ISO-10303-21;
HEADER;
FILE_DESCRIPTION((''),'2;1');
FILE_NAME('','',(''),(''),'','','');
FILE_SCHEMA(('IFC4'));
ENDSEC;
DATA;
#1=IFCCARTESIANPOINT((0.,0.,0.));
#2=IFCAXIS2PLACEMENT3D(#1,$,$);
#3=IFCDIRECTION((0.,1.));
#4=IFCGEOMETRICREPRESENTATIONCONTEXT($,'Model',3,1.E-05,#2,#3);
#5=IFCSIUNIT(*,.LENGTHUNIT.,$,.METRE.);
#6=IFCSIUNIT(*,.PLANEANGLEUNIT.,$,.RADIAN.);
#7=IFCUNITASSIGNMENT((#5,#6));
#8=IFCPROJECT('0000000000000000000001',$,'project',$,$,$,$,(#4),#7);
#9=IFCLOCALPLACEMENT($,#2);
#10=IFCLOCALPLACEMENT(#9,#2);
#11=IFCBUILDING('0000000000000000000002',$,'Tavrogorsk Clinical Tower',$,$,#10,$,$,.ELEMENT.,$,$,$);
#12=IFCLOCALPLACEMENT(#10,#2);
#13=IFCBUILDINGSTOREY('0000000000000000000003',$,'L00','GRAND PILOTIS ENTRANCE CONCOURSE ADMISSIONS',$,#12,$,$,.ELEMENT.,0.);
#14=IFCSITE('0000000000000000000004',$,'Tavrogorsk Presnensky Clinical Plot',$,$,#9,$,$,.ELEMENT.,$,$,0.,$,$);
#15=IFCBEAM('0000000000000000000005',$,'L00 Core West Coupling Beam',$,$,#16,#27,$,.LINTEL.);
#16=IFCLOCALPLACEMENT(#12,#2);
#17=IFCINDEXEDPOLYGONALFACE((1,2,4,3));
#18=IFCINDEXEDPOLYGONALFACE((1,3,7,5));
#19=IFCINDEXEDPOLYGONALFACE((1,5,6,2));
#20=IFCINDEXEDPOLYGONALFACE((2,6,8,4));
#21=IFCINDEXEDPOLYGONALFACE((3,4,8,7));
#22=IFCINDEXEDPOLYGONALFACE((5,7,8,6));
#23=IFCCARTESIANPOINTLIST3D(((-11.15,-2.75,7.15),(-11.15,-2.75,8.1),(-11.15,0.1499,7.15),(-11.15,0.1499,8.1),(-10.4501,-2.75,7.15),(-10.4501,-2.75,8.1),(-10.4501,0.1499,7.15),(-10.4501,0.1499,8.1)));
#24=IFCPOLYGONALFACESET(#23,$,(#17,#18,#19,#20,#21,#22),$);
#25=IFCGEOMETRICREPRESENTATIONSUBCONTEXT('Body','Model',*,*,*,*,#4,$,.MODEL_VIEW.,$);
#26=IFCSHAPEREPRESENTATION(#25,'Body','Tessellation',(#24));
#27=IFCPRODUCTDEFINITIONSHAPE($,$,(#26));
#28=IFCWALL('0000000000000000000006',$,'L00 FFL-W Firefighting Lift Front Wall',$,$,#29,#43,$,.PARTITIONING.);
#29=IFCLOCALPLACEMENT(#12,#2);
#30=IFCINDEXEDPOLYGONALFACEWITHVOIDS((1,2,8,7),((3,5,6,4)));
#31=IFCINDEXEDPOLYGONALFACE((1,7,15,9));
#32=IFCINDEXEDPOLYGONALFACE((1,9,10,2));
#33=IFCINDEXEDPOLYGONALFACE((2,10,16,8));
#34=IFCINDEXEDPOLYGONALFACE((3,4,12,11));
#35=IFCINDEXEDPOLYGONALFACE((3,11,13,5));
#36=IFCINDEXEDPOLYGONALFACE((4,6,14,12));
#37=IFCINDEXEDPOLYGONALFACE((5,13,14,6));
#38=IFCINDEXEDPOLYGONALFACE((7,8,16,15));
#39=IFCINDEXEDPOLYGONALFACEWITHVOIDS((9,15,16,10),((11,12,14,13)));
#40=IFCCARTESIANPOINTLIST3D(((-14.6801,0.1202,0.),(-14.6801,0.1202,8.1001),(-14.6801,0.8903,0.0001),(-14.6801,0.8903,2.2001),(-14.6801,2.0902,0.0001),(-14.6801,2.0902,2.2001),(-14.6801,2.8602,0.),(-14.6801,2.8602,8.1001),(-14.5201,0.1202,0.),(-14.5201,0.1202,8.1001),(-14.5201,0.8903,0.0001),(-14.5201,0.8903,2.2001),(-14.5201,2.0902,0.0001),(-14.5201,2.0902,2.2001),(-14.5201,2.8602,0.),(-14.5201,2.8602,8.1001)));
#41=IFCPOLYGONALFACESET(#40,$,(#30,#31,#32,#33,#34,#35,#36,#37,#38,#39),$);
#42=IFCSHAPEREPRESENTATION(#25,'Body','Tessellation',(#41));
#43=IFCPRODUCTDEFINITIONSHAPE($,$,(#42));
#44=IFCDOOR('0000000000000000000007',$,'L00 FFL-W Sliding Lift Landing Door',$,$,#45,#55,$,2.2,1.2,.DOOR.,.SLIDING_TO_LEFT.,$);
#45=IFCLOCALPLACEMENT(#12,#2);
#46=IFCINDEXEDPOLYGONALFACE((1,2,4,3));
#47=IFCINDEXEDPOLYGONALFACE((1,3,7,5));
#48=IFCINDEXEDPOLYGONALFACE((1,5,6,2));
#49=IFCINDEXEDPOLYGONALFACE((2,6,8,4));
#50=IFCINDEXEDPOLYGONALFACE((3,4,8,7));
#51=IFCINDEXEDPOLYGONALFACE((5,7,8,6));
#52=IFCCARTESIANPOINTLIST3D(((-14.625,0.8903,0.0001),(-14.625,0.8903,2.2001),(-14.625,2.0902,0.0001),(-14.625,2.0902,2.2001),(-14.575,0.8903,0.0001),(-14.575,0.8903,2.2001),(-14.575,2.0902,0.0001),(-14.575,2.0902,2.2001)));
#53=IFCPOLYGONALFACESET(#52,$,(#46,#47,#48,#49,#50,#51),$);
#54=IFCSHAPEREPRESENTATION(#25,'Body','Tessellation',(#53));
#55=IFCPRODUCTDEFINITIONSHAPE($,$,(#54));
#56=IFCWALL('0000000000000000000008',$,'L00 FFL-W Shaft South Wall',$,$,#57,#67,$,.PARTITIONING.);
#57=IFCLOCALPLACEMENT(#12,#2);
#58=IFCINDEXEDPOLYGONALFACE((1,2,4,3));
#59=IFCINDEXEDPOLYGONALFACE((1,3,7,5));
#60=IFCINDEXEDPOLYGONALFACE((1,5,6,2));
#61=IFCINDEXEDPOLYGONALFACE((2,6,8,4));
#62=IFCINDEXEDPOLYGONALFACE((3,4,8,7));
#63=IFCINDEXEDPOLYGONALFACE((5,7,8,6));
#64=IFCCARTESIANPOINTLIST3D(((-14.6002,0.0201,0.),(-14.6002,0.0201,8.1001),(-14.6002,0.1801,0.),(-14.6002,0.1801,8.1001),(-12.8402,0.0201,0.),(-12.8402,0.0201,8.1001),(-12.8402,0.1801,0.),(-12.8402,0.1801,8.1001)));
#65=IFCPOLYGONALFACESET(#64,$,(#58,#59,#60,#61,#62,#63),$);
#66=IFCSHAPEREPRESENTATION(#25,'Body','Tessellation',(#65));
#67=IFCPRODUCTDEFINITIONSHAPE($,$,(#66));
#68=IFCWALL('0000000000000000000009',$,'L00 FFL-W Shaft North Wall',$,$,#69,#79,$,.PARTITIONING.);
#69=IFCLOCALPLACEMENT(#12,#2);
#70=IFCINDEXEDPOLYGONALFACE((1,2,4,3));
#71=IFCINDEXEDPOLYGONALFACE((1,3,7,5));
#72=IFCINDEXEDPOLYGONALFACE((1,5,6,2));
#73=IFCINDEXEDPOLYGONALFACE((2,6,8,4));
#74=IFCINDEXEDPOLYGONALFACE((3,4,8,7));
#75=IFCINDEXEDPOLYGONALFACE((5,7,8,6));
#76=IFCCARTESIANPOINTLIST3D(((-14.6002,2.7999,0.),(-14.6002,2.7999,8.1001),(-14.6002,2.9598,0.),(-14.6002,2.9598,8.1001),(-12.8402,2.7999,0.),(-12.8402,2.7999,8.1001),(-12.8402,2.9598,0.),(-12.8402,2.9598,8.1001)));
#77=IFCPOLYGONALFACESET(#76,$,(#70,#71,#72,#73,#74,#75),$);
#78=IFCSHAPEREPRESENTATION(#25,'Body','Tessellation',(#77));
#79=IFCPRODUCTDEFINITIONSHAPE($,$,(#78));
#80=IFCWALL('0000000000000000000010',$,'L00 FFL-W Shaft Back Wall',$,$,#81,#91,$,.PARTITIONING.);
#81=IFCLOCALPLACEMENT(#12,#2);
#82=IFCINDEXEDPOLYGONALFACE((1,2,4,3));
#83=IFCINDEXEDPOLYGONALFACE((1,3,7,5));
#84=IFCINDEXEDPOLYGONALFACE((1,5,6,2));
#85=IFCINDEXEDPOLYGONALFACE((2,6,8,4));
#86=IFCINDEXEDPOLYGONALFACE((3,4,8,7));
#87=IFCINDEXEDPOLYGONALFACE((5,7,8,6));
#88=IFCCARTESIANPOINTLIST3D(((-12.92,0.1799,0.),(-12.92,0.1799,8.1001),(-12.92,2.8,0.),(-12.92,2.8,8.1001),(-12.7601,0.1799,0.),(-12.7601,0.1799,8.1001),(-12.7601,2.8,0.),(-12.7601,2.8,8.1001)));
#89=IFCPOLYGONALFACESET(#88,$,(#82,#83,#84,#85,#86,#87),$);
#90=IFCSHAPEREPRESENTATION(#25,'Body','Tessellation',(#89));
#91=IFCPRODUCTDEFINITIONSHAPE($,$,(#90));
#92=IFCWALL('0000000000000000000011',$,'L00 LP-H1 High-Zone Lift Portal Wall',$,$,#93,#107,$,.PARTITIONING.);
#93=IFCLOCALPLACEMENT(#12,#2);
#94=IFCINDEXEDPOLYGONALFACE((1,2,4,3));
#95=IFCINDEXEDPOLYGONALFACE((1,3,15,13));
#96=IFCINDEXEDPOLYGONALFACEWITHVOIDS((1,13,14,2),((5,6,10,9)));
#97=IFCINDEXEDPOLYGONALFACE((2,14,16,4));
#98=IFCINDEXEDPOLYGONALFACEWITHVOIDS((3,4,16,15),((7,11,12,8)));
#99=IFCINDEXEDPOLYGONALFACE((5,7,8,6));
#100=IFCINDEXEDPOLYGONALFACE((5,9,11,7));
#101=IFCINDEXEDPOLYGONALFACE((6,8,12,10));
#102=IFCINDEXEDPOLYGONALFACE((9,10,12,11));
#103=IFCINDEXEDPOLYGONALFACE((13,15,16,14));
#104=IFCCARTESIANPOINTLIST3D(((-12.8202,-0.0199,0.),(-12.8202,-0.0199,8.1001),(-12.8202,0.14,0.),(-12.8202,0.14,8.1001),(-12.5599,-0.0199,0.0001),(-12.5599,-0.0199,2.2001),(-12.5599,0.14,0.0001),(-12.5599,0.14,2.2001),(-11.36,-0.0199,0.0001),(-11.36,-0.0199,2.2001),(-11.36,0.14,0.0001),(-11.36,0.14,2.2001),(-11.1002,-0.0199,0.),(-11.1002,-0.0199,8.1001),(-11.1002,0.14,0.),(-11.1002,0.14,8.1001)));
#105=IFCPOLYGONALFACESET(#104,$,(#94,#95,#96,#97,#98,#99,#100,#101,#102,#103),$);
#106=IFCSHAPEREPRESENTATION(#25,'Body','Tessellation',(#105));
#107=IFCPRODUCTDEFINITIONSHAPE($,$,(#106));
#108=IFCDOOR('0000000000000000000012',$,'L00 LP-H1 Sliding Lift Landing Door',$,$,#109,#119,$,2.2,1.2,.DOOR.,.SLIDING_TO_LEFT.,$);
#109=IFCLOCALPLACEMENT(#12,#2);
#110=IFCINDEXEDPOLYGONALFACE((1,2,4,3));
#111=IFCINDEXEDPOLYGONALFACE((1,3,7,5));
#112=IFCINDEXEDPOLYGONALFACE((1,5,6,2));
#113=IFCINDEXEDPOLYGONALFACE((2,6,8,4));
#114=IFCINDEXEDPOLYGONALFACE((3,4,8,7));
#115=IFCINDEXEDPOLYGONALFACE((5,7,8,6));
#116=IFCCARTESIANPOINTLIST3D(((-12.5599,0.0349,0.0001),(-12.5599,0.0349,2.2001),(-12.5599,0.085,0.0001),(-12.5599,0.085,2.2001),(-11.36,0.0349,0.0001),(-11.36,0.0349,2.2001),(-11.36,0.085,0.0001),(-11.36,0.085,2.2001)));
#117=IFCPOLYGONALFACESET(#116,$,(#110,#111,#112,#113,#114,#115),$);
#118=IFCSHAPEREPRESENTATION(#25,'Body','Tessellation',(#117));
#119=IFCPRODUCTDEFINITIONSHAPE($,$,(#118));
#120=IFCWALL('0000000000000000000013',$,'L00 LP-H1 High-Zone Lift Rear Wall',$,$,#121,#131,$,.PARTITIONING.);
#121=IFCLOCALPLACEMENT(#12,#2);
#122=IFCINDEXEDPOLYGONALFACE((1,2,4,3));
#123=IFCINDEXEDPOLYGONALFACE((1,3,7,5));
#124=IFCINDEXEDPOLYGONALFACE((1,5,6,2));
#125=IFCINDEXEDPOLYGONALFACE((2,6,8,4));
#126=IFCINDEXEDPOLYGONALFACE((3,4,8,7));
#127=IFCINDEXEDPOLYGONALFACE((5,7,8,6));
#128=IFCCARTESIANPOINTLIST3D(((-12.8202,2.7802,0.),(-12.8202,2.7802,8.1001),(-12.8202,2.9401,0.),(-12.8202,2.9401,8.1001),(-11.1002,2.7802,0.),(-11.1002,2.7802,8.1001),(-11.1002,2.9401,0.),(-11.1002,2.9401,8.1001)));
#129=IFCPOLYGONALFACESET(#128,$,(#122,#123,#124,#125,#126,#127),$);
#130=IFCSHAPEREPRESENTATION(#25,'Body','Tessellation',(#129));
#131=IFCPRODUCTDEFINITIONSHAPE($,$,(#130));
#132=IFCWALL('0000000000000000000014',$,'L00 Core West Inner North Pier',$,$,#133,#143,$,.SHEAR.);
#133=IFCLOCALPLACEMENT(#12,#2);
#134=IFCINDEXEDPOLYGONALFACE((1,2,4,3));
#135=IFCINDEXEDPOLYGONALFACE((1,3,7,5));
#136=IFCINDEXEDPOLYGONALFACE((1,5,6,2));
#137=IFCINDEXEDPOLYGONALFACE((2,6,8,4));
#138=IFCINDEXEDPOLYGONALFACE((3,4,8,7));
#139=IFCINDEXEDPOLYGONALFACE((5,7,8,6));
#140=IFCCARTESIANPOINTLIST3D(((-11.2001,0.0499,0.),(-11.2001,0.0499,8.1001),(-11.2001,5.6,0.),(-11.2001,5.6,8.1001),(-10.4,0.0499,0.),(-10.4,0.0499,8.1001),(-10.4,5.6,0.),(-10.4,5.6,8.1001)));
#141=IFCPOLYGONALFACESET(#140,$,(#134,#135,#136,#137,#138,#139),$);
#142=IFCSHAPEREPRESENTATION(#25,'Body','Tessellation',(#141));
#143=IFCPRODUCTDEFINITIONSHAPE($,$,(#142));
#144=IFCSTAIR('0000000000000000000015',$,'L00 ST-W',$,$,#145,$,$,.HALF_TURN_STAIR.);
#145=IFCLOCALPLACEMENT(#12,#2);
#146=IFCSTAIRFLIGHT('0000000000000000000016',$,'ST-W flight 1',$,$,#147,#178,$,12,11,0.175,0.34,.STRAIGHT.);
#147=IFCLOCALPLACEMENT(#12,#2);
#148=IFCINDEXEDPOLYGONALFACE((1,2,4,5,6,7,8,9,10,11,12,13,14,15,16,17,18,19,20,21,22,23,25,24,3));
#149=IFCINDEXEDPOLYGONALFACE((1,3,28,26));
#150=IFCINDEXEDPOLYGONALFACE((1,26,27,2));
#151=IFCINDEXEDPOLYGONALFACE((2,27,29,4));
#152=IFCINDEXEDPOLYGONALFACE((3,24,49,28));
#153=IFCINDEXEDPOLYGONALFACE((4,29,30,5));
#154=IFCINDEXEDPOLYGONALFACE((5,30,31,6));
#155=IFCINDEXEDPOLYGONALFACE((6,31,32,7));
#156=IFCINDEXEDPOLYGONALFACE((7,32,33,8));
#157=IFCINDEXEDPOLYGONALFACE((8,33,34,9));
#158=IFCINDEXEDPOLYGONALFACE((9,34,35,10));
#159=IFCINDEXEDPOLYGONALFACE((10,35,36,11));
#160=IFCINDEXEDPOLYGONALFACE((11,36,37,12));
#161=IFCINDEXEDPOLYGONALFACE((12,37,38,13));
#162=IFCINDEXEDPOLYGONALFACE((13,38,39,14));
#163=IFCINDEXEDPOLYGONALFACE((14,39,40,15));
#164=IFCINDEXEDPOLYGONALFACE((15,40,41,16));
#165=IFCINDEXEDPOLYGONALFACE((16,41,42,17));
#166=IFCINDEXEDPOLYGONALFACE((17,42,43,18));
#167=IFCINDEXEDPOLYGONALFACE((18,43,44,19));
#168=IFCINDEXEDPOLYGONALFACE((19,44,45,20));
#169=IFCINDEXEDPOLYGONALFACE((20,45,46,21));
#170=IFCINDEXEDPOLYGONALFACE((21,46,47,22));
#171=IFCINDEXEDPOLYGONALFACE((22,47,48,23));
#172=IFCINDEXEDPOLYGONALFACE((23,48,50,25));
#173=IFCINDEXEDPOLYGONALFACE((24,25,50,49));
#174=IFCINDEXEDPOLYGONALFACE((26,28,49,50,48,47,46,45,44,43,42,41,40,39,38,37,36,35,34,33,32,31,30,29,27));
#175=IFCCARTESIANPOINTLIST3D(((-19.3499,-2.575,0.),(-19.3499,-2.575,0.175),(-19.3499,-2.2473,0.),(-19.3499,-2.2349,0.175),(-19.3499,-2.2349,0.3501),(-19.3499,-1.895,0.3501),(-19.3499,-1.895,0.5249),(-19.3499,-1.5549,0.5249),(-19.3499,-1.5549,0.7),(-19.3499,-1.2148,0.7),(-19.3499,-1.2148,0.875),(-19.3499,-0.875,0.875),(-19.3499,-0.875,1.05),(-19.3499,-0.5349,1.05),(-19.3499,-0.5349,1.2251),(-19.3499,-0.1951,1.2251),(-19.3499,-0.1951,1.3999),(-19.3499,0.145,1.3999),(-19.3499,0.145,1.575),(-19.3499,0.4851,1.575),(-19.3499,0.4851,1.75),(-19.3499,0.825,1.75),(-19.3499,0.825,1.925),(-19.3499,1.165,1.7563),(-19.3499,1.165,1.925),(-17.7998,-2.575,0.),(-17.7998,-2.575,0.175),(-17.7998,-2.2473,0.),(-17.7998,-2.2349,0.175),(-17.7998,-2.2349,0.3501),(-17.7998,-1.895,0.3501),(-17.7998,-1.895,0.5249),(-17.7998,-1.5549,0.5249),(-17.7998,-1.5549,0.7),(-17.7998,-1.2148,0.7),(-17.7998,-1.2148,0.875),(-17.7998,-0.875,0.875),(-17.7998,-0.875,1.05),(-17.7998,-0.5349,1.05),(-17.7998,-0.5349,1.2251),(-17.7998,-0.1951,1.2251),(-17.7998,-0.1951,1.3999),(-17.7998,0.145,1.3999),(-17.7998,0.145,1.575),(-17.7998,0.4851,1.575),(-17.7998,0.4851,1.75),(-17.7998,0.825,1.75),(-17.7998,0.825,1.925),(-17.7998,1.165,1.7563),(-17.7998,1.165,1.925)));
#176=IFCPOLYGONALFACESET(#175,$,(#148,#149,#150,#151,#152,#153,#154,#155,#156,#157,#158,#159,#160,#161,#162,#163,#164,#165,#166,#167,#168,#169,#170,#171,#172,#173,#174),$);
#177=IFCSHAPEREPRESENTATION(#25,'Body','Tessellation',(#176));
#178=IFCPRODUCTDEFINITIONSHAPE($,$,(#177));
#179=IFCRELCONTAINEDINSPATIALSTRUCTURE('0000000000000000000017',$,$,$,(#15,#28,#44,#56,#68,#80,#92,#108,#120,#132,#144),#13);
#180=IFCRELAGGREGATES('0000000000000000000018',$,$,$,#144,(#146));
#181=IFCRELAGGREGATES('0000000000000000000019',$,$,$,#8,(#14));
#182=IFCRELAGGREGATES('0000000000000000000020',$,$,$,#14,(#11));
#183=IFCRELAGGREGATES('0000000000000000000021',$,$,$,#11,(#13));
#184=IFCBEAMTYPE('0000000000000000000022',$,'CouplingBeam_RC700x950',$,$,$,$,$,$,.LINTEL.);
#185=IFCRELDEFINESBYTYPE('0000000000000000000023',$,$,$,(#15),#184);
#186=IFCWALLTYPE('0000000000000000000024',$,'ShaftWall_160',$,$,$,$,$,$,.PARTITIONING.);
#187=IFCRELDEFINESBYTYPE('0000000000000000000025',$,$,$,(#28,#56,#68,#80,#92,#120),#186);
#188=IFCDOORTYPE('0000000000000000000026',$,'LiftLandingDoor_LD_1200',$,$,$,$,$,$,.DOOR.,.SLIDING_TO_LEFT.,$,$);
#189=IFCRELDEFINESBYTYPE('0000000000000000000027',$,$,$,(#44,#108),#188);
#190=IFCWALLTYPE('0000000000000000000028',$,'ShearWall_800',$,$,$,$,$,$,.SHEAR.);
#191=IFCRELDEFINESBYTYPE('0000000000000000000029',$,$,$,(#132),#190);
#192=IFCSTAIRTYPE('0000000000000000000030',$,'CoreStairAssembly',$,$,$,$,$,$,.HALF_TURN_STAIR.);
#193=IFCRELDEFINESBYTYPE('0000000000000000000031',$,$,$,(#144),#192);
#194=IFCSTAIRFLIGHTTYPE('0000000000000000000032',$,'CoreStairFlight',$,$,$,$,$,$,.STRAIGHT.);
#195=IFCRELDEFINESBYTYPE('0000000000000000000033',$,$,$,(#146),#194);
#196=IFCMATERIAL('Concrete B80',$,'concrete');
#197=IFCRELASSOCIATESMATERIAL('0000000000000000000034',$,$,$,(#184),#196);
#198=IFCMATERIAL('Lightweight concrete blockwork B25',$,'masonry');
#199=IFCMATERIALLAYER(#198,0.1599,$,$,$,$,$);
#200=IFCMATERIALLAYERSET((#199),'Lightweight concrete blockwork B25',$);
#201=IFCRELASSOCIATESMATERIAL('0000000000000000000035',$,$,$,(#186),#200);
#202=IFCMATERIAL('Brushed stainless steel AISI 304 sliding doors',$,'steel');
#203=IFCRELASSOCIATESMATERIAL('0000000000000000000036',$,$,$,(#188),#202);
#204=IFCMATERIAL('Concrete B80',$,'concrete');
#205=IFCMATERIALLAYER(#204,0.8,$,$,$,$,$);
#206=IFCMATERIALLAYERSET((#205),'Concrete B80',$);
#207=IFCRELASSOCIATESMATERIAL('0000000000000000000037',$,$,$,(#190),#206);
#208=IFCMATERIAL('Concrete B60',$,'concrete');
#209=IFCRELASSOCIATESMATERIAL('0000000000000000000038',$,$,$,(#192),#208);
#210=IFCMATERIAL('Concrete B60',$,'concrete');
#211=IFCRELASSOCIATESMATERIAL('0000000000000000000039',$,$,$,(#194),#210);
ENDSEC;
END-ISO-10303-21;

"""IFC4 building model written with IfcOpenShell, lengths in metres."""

from ifc_helpers import new_model, si_unit, direction, frame, frame_2d, origin, origin_2d, place, context, subcontext, project, spatial, polyline, rectangle, outline, extrude, material, layer, layer_set, material_profile, profile_set, type_object, element, fill, aggregate, save


model = new_model("IFC4")

# Units and contexts
model_context = context("Model", 3, precision=1e-05, world=origin(), true_north=direction((0.0, 1.0)))
body_context = subcontext(model_context, "Body", "Model", "MODEL_VIEW")
ifc_project = project(units=[si_unit("LENGTHUNIT", "METRE"), si_unit("PLANEANGLEUNIT", "RADIAN")], contexts=[model_context])

# Site, building, storey
site_placement = place(None, origin())
site = spatial("IfcSite", under=ifc_project, at=site_placement, Name="Tavrogorsk Presnensky Clinical Plot", CompositionType="ELEMENT", RefElevation=0.0)
building_placement = place(site_placement, origin())
building = spatial("IfcBuilding", under=site, at=building_placement, Name="Tavrogorsk Clinical Tower", CompositionType="ELEMENT")
storey_placement = place(building_placement, origin())
storey = spatial("IfcBuildingStorey", under=building, at=storey_placement, Name="L00", Description="GRAND PILOTIS ENTRANCE CONCOURSE ADMISSIONS", CompositionType="ELEMENT", Elevation=0.0)

# Beam
ifc_material_1 = material(Name="Concrete B80", Category="concrete")
ifc_material_profile = material_profile(ifc_material_1, rectangle(XDim=0.7, YDim=0.95, at=origin_2d()), Name="RC-CB-700x950")
ifc_profile_set = profile_set([ifc_material_profile], Name="Concrete B80")
beam_type = type_object("IfcBeamType", Name="CouplingBeam_RC700x950", PredefinedType="LINTEL", material=ifc_profile_set)
beam_placement = place(storey_placement, frame((-10.8, -2.75, 7.625), z_axis=(0.0, 1.0, 0.0), x_axis=(-1.0, 0.0, 0.0)))
element("IfcBeam", 1, at=beam_placement, inside=storey, type_object=beam_type, Name="L00 Core West Coupling Beam", PredefinedType="LINTEL", context=body_context, shape_type="SweptSolid", body=[
    extrude(rectangle(XDim=0.7, YDim=0.95, at=origin_2d()), origin(), (0.0, 0.0, 1.0), 2.8999),
])

# Wall, opening, door
ifc_material_2 = material(Name="Lightweight concrete blockwork B25", Category="masonry")
ifc_layer_1 = layer(ifc_material_2, 0.1599)
ifc_layer_set_1 = layer_set([ifc_layer_1], Name="Lightweight concrete blockwork B25")
wall_type_1 = type_object("IfcWallType", Name="ShaftWall_160", PredefinedType="PARTITIONING", material=ifc_layer_set_1)
wall_1_placement = place(storey_placement, frame((-14.6001, 0.1201, 0.0), z_axis=(0.0, 0.0, 1.0), x_axis=(0.0, 1.0, 0.0)))
wall_1 = element("IfcWall", 2, at=wall_1_placement, inside=storey, type_object=wall_type_1, Name="L00 FFL-W Firefighting Lift Front Wall", PredefinedType="PARTITIONING", context=body_context, shape_type="SweptSolid", body=[
    extrude(rectangle(XDim=2.74, YDim=0.1599, at=frame_2d((1.3701, 0.0))), origin(), (0.0, 0.0, 1.0), 8.1001),
])
opening_1_placement = place(wall_1_placement, frame((0.77, 0.0, 0.0)))
opening_1 = element("IfcOpeningElement", 3, at=opening_1_placement, cuts=wall_1, PredefinedType="OPENING", context=body_context, shape_type="SweptSolid", body=[
    extrude(rectangle(XDim=1.2, YDim=2.2, at=frame_2d((0.6001, 1.1001))), frame((0.0, 0.0898, 0.0), z_axis=(0.0, -1.0, 0.0), x_axis=(1.0, 0.0, 0.0)), (0.0, 0.0, 1.0), 0.1799),
])
ifc_material_3 = material(Name="Brushed stainless steel AISI 304 sliding doors", Category="steel")
door_type = type_object("IfcDoorType", Name="LiftLandingDoor_LD_1200", OperationType="SLIDING_TO_LEFT", PredefinedType="DOOR", material=ifc_material_3)
door_1_placement = place(opening_1_placement, origin())
door_1 = element("IfcDoor", 4, at=door_1_placement, inside=storey, type_object=door_type, Name="L00 FFL-W Sliding Lift Landing Door", OperationType="SLIDING_TO_LEFT", OverallHeight=2.2, OverallWidth=1.2, PredefinedType="DOOR", context=body_context, shape_type="SweptSolid", body=[
    extrude(rectangle(XDim=1.2, YDim=2.2, at=frame_2d((0.6001, 1.1001))), frame((0.0, 0.0249, 0.0), z_axis=(0.0, -1.0, 0.0), x_axis=(1.0, 0.0, 0.0)), (0.0, 0.0, 1.0), 0.05),
])
fill(opening_1, door_1)

# Walls
for number, where, z_axis, x_axis, name in (
    (5, (-14.6001, 0.1001, 0.0), (0.0, 0.0, 1.0), (1.0, 0.0, 0.0), "L00 FFL-W Shaft South Wall"),
    (6, (-14.6001, 2.8799, 0.0), (0.0, 0.0, 1.0), (1.0, 0.0, 0.0), "L00 FFL-W Shaft North Wall"),
):
    element("IfcWall", number, at=place(storey_placement, frame(where, z_axis=z_axis, x_axis=x_axis)), inside=storey, type_object=wall_type_1, Name=name, PredefinedType="PARTITIONING", context=body_context, shape_type="SweptSolid", body=[
        extrude(rectangle(XDim=1.76, YDim=0.1599, at=frame_2d((0.8799, 0.0))), origin(), (0.0, 0.0, 1.0), 8.1001),
    ])
wall_2_placement = place(storey_placement, frame((-12.8401, 0.1799, 0.0), z_axis=(0.0, 0.0, 1.0), x_axis=(0.0, 1.0, 0.0)))
element("IfcWall", 7, at=wall_2_placement, inside=storey, type_object=wall_type_1, Name="L00 FFL-W Shaft Back Wall", PredefinedType="PARTITIONING", context=body_context, shape_type="SweptSolid", body=[
    extrude(rectangle(XDim=2.6201, YDim=0.1599, at=frame_2d((1.3101, 0.0))), origin(), (0.0, 0.0, 1.0), 8.1001),
])

# Wall, opening, door
wall_3_placement = place(storey_placement, frame((-12.8201, 0.0601, 0.0), z_axis=(0.0, 0.0, 1.0), x_axis=(1.0, 0.0, 0.0)))
wall_3 = element("IfcWall", 8, at=wall_3_placement, inside=storey, type_object=wall_type_1, Name="L00 LP-H1 High-Zone Lift Portal Wall", PredefinedType="PARTITIONING", context=body_context, shape_type="SweptSolid", body=[
    extrude(rectangle(XDim=1.72, YDim=0.1599, at=frame_2d((0.8599, 0.0))), origin(), (0.0, 0.0, 1.0), 8.1001),
])
opening_2_placement = place(wall_3_placement, frame((0.26, 0.0, 0.0)))
opening_2 = element("IfcOpeningElement", 9, at=opening_2_placement, cuts=wall_3, PredefinedType="OPENING", context=body_context, shape_type="SweptSolid", body=[
    extrude(rectangle(XDim=1.2, YDim=2.2, at=frame_2d((0.6001, 1.1001))), frame((0.0, 0.0898, 0.0), z_axis=(0.0, -1.0, 0.0), x_axis=(1.0, 0.0, 0.0)), (0.0, 0.0, 1.0), 0.1799),
])
door_2_placement = place(opening_2_placement, origin())
door_2 = element("IfcDoor", 10, at=door_2_placement, inside=storey, type_object=door_type, Name="L00 LP-H1 Sliding Lift Landing Door", OperationType="SLIDING_TO_LEFT", OverallHeight=2.2, OverallWidth=1.2, PredefinedType="DOOR", context=body_context, shape_type="SweptSolid", body=[
    extrude(rectangle(XDim=1.2, YDim=2.2, at=frame_2d((0.6001, 1.1001))), frame((0.0, 0.0249, 0.0), z_axis=(0.0, -1.0, 0.0), x_axis=(1.0, 0.0, 0.0)), (0.0, 0.0, 1.0), 0.05),
])
fill(opening_2, door_2)

# Walls
wall_4_placement = place(storey_placement, frame((-12.8201, 2.8601, 0.0), z_axis=(0.0, 0.0, 1.0), x_axis=(1.0, 0.0, 0.0)))
element("IfcWall", 11, at=wall_4_placement, inside=storey, type_object=wall_type_1, Name="L00 LP-H1 High-Zone Lift Rear Wall", PredefinedType="PARTITIONING", context=body_context, shape_type="SweptSolid", body=[
    extrude(rectangle(XDim=1.72, YDim=0.1599, at=frame_2d((0.8599, 0.0))), origin(), (0.0, 0.0, 1.0), 8.1001),
])
ifc_material_4 = material(Name="Concrete B80", Category="concrete")
ifc_layer_2 = layer(ifc_material_4, 0.8)
ifc_layer_set_2 = layer_set([ifc_layer_2], Name="Concrete B80")
wall_type_2 = type_object("IfcWallType", Name="ShearWall_800", PredefinedType="SHEAR", material=ifc_layer_set_2)
wall_5_placement = place(storey_placement, frame((-10.8, 0.05, 0.0), z_axis=(0.0, 0.0, 1.0), x_axis=(0.0, 1.0, 0.0)))
element("IfcWall", 12, at=wall_5_placement, inside=storey, type_object=wall_type_2, Name="L00 Core West Inner North Pier", PredefinedType="SHEAR", context=body_context, shape_type="SweptSolid", body=[
    extrude(rectangle(XDim=5.55, YDim=0.8, at=frame_2d((2.7749, 0.0))), origin(), (0.0, 0.0, 1.0), 8.1001),
])

# Stair, stair flight
ifc_material_5 = material(Name="Concrete B60", Category="concrete")
stair_type = type_object("IfcStairType", Name="CoreStairAssembly", PredefinedType="HALF_TURN_STAIR", material=ifc_material_5)
stair_placement = place(storey_placement, origin())
stair = element("IfcStair", 13, at=stair_placement, inside=storey, type_object=stair_type, Name="L00 ST-W", PredefinedType="HALF_TURN_STAIR")
ifc_material_6 = material(Name="Concrete B60", Category="concrete")
stair_flight_type = type_object("IfcStairFlightType", Name="CoreStairFlight", PredefinedType="STRAIGHT", material=ifc_material_6)
stair_flight_1_placement = place(storey_placement, frame((-18.575, -2.575, 0.0), z_axis=(0.0, 0.0, 1.0), x_axis=(0.0, 1.0, 0.0)))
stair_flight_1 = element("IfcStairFlight", 14, at=stair_flight_1_placement, type_object=stair_flight_type, Name="ST-W flight 1", NumberOfRisers=12, NumberOfTreads=11, PredefinedType="STRAIGHT", RiserHeight=0.175, TreadLength=0.34, context=body_context, shape_type="SweptSolid", body=[
    extrude(outline(polyline([(0.0, 0.0), (0.0, 0.175), (0.3401, 0.175), (0.3401, 0.3501), (0.6799, 0.3501), (0.6799, 0.5249), (1.02, 0.5249), (1.02, 0.7), (1.3601, 0.7), (1.3601, 0.875), (1.7, 0.875), (1.7, 1.05), (2.04, 1.05), (2.04, 1.2251), (2.3799, 1.2251), (2.3799, 1.3999), (2.72, 1.3999), (2.72, 1.575), (3.0601, 1.575), (3.0601, 1.75), (3.3999, 1.75), (3.3999, 1.925), (3.74, 1.925), (3.74, 2.1001), (3.74, 1.7563), (0.3276, 0.0), (0.0, 0.0)])), frame((0.0, 0.7749, 0.0), z_axis=(0.0, -1.0, 0.0), x_axis=(1.0, 0.0, 0.0)), (0.0, 0.0, 1.0), 1.55),
])
aggregate(stair, [stair_flight_1])

save(model, "model.ifc")
